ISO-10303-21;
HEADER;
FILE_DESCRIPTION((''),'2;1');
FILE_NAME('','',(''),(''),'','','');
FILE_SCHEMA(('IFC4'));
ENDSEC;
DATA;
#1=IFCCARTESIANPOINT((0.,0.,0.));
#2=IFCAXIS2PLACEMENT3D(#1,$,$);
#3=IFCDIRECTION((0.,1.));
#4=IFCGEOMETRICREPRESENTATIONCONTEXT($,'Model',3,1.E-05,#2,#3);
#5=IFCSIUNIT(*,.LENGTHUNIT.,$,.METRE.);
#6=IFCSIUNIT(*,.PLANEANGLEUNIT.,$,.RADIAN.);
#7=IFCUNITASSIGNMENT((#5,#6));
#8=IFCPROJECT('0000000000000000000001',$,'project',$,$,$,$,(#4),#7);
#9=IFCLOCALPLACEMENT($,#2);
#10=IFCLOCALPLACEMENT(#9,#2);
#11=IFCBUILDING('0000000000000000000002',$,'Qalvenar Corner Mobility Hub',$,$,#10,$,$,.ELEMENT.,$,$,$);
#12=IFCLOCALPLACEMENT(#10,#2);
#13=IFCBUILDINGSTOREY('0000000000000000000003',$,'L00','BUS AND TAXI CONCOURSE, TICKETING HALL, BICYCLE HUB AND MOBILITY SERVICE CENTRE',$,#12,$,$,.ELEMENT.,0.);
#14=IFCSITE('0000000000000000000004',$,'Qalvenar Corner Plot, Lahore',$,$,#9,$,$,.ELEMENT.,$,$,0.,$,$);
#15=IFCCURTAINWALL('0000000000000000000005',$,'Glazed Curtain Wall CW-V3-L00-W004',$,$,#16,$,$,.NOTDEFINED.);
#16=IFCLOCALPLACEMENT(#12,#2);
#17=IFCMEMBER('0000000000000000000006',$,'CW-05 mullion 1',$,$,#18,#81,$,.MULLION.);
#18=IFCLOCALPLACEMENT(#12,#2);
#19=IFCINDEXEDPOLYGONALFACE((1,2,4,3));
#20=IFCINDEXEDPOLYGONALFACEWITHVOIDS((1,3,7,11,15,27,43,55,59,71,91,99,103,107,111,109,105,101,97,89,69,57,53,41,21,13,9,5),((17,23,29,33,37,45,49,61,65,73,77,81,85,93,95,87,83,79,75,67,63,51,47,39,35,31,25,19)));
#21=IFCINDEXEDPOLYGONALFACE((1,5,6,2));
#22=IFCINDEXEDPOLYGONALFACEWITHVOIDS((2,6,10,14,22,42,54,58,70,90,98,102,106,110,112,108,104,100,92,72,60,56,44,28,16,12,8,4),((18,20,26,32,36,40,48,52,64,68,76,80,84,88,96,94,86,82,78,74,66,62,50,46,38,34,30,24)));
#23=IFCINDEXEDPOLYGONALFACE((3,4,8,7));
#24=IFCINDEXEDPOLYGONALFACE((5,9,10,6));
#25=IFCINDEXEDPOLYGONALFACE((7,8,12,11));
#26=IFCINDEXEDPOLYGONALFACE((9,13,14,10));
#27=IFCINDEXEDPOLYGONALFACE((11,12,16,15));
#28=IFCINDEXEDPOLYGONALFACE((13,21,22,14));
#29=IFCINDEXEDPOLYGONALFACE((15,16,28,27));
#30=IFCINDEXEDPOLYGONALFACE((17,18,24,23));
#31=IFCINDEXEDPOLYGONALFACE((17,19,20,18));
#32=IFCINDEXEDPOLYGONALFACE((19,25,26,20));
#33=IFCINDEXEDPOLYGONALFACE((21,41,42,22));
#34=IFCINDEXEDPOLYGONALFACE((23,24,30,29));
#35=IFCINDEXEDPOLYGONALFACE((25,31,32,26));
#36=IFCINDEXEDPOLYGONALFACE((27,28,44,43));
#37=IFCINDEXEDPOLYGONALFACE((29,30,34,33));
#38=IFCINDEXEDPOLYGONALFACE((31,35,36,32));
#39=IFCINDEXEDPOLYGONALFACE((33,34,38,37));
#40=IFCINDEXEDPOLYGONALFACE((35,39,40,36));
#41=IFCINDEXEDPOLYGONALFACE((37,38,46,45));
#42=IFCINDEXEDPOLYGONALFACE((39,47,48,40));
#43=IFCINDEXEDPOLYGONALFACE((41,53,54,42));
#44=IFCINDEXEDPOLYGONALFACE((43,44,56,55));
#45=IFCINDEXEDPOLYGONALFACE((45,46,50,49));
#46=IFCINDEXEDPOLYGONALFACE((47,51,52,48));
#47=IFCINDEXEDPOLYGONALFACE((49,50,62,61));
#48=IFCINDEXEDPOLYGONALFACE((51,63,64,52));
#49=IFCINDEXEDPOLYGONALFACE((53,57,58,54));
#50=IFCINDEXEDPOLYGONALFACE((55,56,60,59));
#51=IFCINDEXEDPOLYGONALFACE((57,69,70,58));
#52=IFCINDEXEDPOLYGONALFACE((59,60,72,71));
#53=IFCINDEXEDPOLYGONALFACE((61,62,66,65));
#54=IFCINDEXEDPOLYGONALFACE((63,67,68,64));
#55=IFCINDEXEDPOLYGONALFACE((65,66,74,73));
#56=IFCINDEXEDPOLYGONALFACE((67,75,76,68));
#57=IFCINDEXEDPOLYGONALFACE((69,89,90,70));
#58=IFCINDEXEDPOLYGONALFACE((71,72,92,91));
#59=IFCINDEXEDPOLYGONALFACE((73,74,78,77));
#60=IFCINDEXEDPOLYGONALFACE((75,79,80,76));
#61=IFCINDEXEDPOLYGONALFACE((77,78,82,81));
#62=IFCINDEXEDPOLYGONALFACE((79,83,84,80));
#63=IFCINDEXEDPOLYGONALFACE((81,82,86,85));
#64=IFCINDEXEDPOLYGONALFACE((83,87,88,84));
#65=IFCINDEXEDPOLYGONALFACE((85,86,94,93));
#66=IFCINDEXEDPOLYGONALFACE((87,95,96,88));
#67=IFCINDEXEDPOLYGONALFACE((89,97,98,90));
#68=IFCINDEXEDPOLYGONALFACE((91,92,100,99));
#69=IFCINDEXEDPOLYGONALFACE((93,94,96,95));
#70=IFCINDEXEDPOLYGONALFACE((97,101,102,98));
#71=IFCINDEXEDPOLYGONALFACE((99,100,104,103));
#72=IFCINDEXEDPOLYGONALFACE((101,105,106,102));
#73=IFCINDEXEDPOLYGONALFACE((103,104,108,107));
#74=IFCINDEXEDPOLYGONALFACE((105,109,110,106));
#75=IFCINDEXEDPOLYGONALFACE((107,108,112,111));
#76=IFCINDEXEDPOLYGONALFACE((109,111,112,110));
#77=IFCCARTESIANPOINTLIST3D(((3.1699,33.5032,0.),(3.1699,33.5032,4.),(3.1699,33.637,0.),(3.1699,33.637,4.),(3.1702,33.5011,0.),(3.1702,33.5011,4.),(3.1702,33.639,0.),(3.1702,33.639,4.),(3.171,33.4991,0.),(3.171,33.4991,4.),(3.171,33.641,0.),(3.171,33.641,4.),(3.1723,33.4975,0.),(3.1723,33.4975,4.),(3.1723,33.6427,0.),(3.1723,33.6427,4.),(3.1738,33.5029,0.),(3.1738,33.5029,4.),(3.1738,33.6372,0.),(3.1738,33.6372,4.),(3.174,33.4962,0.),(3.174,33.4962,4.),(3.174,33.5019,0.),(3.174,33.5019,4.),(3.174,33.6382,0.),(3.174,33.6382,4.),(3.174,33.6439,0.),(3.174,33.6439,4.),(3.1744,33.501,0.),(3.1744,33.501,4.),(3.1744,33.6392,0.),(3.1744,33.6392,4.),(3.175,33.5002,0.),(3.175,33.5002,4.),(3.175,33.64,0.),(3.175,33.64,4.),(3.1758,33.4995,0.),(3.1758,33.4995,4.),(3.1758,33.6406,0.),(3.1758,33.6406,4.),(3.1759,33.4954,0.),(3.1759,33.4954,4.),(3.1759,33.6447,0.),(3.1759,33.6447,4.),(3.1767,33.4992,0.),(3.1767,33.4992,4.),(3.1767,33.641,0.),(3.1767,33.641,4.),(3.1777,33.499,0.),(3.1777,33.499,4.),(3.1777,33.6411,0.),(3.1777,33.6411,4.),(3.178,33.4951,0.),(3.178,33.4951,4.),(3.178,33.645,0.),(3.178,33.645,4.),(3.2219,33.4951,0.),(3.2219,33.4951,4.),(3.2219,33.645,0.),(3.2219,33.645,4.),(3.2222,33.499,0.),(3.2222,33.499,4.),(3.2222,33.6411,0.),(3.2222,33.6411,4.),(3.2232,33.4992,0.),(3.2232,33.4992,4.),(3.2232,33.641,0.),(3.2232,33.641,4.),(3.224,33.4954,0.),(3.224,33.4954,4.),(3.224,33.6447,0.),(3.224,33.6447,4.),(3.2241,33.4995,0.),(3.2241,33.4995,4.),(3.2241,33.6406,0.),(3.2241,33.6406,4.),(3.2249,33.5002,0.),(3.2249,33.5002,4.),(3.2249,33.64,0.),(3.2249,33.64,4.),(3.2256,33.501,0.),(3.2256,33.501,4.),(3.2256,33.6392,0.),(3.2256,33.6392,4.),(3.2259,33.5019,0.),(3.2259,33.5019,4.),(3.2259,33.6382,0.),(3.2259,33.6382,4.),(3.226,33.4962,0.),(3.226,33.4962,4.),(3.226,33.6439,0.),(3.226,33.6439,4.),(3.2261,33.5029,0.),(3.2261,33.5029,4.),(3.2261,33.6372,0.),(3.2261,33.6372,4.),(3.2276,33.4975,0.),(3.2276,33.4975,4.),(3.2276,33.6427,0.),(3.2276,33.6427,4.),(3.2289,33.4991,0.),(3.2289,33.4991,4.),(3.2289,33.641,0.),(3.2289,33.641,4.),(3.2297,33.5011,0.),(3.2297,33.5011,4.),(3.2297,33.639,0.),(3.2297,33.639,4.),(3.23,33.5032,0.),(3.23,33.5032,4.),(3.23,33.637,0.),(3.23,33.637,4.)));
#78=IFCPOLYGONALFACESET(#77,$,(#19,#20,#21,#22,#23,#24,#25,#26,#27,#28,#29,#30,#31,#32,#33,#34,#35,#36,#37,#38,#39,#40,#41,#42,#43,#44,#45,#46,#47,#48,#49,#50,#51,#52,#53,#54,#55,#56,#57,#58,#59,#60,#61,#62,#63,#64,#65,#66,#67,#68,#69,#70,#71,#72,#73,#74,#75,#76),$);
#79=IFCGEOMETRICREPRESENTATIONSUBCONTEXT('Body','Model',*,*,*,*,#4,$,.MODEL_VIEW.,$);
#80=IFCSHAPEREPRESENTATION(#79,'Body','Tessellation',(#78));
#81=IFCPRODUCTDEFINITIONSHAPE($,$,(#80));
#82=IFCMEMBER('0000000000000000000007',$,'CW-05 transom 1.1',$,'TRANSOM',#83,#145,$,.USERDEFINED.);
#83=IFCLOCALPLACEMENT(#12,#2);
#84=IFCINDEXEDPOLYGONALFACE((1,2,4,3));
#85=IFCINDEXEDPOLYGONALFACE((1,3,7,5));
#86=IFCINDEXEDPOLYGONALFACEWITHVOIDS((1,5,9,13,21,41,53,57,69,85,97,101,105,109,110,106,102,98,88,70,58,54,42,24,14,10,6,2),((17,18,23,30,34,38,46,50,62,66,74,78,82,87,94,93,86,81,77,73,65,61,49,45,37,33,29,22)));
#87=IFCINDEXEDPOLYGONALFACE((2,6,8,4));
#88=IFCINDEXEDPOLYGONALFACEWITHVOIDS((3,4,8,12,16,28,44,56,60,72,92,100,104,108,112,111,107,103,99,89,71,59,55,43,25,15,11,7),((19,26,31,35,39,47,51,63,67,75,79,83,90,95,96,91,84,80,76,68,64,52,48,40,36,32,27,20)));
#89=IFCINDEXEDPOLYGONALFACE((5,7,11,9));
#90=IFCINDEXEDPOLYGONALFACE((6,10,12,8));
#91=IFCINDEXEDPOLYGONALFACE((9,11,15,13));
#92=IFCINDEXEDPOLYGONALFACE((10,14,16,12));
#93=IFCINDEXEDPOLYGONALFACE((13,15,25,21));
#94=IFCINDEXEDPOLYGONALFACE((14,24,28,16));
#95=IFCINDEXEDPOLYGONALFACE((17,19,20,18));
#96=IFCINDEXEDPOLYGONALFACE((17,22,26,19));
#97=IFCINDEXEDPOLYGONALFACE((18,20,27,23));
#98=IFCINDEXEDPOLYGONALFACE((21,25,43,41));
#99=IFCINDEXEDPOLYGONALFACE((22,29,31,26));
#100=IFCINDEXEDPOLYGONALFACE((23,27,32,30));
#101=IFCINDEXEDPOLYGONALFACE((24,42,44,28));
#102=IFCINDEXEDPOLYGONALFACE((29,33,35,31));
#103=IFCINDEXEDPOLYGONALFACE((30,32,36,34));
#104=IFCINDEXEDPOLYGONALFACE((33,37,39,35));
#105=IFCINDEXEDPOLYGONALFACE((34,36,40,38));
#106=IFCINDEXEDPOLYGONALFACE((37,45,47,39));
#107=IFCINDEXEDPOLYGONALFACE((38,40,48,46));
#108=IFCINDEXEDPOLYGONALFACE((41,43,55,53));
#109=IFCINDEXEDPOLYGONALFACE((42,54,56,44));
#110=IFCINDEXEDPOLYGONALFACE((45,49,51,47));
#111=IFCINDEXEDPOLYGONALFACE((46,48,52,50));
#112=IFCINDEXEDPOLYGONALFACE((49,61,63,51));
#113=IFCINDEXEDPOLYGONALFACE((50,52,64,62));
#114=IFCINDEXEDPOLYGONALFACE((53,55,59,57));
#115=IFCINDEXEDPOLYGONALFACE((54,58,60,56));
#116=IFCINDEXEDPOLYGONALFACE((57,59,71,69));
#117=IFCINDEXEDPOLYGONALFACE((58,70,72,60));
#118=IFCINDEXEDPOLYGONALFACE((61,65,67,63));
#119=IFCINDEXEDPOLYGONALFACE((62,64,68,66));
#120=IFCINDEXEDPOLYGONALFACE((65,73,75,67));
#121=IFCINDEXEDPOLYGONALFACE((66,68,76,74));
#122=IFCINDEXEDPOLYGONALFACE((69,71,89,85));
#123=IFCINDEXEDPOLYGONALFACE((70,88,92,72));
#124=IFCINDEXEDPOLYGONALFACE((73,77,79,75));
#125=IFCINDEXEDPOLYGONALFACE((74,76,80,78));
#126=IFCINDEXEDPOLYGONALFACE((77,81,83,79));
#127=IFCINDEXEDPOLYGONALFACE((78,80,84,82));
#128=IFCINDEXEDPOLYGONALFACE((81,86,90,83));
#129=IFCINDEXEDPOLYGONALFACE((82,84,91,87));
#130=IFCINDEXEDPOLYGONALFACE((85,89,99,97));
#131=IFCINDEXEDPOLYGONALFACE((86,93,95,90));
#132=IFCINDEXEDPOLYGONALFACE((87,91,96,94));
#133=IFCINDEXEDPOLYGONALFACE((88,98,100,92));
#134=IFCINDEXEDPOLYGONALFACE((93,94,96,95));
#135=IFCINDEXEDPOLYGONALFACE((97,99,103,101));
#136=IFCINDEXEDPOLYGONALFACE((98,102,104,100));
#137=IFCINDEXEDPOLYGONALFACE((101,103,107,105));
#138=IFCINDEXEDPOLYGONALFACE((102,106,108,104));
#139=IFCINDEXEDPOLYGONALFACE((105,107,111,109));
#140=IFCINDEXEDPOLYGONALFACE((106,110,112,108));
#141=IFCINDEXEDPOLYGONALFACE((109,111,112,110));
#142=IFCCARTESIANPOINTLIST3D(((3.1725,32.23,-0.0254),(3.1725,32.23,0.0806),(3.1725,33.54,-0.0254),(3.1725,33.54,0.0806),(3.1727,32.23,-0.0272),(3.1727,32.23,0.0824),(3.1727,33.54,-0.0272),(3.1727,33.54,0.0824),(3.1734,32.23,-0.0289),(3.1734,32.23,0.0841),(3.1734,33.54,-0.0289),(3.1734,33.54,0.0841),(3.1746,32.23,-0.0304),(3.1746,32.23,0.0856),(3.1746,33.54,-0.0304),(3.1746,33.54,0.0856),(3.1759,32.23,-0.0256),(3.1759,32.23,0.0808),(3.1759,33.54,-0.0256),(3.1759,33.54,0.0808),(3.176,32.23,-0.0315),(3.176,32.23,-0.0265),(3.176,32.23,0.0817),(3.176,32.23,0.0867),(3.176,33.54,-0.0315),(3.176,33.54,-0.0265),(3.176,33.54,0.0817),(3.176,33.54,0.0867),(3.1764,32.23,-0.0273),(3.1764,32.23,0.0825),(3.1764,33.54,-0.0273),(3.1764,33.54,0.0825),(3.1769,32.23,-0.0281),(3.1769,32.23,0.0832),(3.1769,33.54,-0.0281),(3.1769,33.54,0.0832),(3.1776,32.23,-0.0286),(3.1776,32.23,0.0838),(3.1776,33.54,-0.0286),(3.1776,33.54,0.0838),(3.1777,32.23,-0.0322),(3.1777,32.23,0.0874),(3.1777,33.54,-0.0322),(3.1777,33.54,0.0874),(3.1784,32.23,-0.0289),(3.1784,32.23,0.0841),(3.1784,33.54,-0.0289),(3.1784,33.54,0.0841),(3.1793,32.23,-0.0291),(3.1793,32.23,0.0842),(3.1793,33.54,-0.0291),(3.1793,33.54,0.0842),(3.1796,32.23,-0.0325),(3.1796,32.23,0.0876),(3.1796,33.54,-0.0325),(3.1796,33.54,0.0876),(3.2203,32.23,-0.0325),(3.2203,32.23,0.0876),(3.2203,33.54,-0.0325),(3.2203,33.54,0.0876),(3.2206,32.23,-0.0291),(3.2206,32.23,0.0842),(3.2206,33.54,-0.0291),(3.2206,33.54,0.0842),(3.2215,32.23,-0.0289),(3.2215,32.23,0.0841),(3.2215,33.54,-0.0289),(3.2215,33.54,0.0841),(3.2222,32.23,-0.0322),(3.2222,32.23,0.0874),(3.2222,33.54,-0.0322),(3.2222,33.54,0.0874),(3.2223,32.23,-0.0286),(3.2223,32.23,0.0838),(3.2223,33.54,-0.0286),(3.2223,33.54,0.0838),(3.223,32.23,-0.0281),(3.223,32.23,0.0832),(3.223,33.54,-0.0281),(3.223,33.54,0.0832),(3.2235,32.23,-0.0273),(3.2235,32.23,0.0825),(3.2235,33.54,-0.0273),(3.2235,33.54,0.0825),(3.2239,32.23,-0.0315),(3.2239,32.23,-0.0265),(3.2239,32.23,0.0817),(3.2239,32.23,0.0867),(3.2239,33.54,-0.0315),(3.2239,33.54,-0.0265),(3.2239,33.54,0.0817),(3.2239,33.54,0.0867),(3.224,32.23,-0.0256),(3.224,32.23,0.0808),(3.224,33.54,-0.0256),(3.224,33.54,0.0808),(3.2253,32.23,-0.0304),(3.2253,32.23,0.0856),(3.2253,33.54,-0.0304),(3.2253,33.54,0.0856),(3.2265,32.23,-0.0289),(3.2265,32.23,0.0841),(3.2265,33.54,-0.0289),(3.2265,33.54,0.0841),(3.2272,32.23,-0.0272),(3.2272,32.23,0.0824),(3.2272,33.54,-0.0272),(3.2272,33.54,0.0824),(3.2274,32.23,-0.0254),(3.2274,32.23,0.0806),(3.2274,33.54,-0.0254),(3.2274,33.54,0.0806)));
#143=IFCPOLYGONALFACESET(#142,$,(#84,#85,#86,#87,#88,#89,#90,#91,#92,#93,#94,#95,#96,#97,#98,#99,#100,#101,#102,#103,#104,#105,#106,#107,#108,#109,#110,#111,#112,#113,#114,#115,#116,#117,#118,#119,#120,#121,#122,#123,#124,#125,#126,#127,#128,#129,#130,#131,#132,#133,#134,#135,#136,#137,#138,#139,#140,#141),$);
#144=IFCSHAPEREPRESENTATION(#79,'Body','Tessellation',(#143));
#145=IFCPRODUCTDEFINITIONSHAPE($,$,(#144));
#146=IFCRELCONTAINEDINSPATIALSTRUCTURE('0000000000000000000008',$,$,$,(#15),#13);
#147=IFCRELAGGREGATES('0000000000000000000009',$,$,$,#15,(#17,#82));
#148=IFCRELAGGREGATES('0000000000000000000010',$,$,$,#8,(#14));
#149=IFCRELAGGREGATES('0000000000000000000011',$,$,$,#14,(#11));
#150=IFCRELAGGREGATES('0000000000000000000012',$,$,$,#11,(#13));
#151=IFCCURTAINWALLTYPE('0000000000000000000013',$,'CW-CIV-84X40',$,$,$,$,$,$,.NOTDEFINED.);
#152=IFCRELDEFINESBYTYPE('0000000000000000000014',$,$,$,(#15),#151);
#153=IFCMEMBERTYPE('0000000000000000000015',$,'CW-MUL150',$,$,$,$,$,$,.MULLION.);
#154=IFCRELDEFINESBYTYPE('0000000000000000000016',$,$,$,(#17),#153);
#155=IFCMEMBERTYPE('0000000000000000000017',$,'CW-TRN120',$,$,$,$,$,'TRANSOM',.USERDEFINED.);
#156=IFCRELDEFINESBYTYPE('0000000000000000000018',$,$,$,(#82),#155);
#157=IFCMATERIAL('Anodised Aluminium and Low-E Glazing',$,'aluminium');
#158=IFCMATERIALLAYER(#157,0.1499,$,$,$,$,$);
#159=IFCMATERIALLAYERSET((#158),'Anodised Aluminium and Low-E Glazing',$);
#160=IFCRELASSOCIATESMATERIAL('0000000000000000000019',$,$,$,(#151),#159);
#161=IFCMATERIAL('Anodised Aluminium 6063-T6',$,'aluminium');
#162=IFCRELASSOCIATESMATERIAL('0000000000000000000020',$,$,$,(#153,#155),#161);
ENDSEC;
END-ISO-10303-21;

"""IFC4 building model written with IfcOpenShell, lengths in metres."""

from ifc_helpers import new_model, si_unit, direction, frame, origin, origin_2d, place, context, subcontext, project, spatial, hollow_rectangle, extrude, material, layer, layer_set, material_profile, profile_set, type_object, element, aggregate, save


model = new_model("IFC4")

# Units and contexts
model_context = context("Model", 3, precision=1e-05, world=origin(), true_north=direction((0.0, 1.0)))
body_context = subcontext(model_context, "Body", "Model", "MODEL_VIEW")
ifc_project = project(units=[si_unit("LENGTHUNIT", "METRE"), si_unit("PLANEANGLEUNIT", "RADIAN")], contexts=[model_context])

# Site, building, storey
site_placement = place(None, origin())
site = spatial("IfcSite", under=ifc_project, at=site_placement, Name="Qalvenar Corner Plot, Lahore", CompositionType="ELEMENT", RefElevation=0.0)
building_placement = place(site_placement, origin())
building = spatial("IfcBuilding", under=site, at=building_placement, Name="Qalvenar Corner Mobility Hub", CompositionType="ELEMENT")
storey_placement = place(building_placement, origin())
storey = spatial("IfcBuildingStorey", under=building, at=storey_placement, Name="L00", Description="BUS AND TAXI CONCOURSE, TICKETING HALL, BICYCLE HUB AND MOBILITY SERVICE CENTRE", CompositionType="ELEMENT", Elevation=0.0)

# Curtain wall, members
ifc_material_1 = material(Name="Anodised Aluminium and Low-E Glazing", Category="aluminium")
ifc_layer_1 = layer(ifc_material_1, 0.1499)
ifc_layer_set_1 = layer_set([ifc_layer_1], Name="Anodised Aluminium and Low-E Glazing")
curtain_wall_type = type_object("IfcCurtainWallType", Name="CW-CIV-84X40", PredefinedType="NOTDEFINED", material=ifc_layer_set_1)
curtain_wall_placement = place(storey_placement, origin())
curtain_wall = element("IfcCurtainWall", 1, at=curtain_wall_placement, inside=storey, type_object=curtain_wall_type, Name="Glazed Curtain Wall CW-V3-L00-W004", PredefinedType="NOTDEFINED")
ifc_material_2 = material(Name="Anodised Aluminium 6063-T6", Category="aluminium")
ifc_material_profile_1 = material_profile(ifc_material_2, hollow_rectangle(XDim=0.0601, YDim=0.1499, WallThickness=0.0039, InnerFilletRadius=0.0039, OuterFilletRadius=0.0081, at=origin_2d()), Name="RHS150x60x4")
ifc_profile_set_1 = profile_set([ifc_material_profile_1], Name="Anodised Aluminium 6063-T6")
member_type_1 = type_object("IfcMemberType", Name="CW-MUL150", PredefinedType="MULLION", material=ifc_profile_set_1)
member_1_placement = place(storey_placement, frame((3.2, 33.5701, 0.0), z_axis=(0.0, 0.0, 1.0), x_axis=(1.0, 0.0, 0.0)))
member_1 = element("IfcMember", 2, at=member_1_placement, type_object=member_type_1, Name="CW-05 mullion 1", PredefinedType="MULLION", context=body_context, shape_type="SweptSolid", body=[
    extrude(hollow_rectangle(XDim=0.0601, YDim=0.1499, WallThickness=0.0039, InnerFilletRadius=0.0039, OuterFilletRadius=0.0081, at=origin_2d()), origin(), (0.0, 0.0, 1.0), 4.0),
])
ifc_material_profile_2 = material_profile(ifc_material_2, hollow_rectangle(XDim=0.0549, YDim=0.1201, WallThickness=0.0034, InnerFilletRadius=0.0034, OuterFilletRadius=0.0071, at=origin_2d()), Name="RHS120x55x3.5")
ifc_profile_set_2 = profile_set([ifc_material_profile_2], Name="Anodised Aluminium 6063-T6")
member_type_2 = type_object("IfcMemberType", Name="CW-TRN120", ElementType="TRANSOM", PredefinedType="USERDEFINED", material=ifc_profile_set_2)
member_2_placement = place(storey_placement, frame((3.2, 33.54, 0.0276), z_axis=(0.0, -1.0, 0.0), x_axis=(1.0, 0.0, 0.0)))
member_2 = element("IfcMember", 3, at=member_2_placement, type_object=member_type_2, Name="CW-05 transom 1.1", ObjectType="TRANSOM", PredefinedType="USERDEFINED", context=body_context, shape_type="SweptSolid", body=[
    extrude(hollow_rectangle(XDim=0.0549, YDim=0.1201, WallThickness=0.0034, InnerFilletRadius=0.0034, OuterFilletRadius=0.0071, at=origin_2d()), origin(), (0.0, 0.0, 1.0), 1.3101),
])
aggregate(curtain_wall, [member_1, member_2])

save(model, "model.ifc")
